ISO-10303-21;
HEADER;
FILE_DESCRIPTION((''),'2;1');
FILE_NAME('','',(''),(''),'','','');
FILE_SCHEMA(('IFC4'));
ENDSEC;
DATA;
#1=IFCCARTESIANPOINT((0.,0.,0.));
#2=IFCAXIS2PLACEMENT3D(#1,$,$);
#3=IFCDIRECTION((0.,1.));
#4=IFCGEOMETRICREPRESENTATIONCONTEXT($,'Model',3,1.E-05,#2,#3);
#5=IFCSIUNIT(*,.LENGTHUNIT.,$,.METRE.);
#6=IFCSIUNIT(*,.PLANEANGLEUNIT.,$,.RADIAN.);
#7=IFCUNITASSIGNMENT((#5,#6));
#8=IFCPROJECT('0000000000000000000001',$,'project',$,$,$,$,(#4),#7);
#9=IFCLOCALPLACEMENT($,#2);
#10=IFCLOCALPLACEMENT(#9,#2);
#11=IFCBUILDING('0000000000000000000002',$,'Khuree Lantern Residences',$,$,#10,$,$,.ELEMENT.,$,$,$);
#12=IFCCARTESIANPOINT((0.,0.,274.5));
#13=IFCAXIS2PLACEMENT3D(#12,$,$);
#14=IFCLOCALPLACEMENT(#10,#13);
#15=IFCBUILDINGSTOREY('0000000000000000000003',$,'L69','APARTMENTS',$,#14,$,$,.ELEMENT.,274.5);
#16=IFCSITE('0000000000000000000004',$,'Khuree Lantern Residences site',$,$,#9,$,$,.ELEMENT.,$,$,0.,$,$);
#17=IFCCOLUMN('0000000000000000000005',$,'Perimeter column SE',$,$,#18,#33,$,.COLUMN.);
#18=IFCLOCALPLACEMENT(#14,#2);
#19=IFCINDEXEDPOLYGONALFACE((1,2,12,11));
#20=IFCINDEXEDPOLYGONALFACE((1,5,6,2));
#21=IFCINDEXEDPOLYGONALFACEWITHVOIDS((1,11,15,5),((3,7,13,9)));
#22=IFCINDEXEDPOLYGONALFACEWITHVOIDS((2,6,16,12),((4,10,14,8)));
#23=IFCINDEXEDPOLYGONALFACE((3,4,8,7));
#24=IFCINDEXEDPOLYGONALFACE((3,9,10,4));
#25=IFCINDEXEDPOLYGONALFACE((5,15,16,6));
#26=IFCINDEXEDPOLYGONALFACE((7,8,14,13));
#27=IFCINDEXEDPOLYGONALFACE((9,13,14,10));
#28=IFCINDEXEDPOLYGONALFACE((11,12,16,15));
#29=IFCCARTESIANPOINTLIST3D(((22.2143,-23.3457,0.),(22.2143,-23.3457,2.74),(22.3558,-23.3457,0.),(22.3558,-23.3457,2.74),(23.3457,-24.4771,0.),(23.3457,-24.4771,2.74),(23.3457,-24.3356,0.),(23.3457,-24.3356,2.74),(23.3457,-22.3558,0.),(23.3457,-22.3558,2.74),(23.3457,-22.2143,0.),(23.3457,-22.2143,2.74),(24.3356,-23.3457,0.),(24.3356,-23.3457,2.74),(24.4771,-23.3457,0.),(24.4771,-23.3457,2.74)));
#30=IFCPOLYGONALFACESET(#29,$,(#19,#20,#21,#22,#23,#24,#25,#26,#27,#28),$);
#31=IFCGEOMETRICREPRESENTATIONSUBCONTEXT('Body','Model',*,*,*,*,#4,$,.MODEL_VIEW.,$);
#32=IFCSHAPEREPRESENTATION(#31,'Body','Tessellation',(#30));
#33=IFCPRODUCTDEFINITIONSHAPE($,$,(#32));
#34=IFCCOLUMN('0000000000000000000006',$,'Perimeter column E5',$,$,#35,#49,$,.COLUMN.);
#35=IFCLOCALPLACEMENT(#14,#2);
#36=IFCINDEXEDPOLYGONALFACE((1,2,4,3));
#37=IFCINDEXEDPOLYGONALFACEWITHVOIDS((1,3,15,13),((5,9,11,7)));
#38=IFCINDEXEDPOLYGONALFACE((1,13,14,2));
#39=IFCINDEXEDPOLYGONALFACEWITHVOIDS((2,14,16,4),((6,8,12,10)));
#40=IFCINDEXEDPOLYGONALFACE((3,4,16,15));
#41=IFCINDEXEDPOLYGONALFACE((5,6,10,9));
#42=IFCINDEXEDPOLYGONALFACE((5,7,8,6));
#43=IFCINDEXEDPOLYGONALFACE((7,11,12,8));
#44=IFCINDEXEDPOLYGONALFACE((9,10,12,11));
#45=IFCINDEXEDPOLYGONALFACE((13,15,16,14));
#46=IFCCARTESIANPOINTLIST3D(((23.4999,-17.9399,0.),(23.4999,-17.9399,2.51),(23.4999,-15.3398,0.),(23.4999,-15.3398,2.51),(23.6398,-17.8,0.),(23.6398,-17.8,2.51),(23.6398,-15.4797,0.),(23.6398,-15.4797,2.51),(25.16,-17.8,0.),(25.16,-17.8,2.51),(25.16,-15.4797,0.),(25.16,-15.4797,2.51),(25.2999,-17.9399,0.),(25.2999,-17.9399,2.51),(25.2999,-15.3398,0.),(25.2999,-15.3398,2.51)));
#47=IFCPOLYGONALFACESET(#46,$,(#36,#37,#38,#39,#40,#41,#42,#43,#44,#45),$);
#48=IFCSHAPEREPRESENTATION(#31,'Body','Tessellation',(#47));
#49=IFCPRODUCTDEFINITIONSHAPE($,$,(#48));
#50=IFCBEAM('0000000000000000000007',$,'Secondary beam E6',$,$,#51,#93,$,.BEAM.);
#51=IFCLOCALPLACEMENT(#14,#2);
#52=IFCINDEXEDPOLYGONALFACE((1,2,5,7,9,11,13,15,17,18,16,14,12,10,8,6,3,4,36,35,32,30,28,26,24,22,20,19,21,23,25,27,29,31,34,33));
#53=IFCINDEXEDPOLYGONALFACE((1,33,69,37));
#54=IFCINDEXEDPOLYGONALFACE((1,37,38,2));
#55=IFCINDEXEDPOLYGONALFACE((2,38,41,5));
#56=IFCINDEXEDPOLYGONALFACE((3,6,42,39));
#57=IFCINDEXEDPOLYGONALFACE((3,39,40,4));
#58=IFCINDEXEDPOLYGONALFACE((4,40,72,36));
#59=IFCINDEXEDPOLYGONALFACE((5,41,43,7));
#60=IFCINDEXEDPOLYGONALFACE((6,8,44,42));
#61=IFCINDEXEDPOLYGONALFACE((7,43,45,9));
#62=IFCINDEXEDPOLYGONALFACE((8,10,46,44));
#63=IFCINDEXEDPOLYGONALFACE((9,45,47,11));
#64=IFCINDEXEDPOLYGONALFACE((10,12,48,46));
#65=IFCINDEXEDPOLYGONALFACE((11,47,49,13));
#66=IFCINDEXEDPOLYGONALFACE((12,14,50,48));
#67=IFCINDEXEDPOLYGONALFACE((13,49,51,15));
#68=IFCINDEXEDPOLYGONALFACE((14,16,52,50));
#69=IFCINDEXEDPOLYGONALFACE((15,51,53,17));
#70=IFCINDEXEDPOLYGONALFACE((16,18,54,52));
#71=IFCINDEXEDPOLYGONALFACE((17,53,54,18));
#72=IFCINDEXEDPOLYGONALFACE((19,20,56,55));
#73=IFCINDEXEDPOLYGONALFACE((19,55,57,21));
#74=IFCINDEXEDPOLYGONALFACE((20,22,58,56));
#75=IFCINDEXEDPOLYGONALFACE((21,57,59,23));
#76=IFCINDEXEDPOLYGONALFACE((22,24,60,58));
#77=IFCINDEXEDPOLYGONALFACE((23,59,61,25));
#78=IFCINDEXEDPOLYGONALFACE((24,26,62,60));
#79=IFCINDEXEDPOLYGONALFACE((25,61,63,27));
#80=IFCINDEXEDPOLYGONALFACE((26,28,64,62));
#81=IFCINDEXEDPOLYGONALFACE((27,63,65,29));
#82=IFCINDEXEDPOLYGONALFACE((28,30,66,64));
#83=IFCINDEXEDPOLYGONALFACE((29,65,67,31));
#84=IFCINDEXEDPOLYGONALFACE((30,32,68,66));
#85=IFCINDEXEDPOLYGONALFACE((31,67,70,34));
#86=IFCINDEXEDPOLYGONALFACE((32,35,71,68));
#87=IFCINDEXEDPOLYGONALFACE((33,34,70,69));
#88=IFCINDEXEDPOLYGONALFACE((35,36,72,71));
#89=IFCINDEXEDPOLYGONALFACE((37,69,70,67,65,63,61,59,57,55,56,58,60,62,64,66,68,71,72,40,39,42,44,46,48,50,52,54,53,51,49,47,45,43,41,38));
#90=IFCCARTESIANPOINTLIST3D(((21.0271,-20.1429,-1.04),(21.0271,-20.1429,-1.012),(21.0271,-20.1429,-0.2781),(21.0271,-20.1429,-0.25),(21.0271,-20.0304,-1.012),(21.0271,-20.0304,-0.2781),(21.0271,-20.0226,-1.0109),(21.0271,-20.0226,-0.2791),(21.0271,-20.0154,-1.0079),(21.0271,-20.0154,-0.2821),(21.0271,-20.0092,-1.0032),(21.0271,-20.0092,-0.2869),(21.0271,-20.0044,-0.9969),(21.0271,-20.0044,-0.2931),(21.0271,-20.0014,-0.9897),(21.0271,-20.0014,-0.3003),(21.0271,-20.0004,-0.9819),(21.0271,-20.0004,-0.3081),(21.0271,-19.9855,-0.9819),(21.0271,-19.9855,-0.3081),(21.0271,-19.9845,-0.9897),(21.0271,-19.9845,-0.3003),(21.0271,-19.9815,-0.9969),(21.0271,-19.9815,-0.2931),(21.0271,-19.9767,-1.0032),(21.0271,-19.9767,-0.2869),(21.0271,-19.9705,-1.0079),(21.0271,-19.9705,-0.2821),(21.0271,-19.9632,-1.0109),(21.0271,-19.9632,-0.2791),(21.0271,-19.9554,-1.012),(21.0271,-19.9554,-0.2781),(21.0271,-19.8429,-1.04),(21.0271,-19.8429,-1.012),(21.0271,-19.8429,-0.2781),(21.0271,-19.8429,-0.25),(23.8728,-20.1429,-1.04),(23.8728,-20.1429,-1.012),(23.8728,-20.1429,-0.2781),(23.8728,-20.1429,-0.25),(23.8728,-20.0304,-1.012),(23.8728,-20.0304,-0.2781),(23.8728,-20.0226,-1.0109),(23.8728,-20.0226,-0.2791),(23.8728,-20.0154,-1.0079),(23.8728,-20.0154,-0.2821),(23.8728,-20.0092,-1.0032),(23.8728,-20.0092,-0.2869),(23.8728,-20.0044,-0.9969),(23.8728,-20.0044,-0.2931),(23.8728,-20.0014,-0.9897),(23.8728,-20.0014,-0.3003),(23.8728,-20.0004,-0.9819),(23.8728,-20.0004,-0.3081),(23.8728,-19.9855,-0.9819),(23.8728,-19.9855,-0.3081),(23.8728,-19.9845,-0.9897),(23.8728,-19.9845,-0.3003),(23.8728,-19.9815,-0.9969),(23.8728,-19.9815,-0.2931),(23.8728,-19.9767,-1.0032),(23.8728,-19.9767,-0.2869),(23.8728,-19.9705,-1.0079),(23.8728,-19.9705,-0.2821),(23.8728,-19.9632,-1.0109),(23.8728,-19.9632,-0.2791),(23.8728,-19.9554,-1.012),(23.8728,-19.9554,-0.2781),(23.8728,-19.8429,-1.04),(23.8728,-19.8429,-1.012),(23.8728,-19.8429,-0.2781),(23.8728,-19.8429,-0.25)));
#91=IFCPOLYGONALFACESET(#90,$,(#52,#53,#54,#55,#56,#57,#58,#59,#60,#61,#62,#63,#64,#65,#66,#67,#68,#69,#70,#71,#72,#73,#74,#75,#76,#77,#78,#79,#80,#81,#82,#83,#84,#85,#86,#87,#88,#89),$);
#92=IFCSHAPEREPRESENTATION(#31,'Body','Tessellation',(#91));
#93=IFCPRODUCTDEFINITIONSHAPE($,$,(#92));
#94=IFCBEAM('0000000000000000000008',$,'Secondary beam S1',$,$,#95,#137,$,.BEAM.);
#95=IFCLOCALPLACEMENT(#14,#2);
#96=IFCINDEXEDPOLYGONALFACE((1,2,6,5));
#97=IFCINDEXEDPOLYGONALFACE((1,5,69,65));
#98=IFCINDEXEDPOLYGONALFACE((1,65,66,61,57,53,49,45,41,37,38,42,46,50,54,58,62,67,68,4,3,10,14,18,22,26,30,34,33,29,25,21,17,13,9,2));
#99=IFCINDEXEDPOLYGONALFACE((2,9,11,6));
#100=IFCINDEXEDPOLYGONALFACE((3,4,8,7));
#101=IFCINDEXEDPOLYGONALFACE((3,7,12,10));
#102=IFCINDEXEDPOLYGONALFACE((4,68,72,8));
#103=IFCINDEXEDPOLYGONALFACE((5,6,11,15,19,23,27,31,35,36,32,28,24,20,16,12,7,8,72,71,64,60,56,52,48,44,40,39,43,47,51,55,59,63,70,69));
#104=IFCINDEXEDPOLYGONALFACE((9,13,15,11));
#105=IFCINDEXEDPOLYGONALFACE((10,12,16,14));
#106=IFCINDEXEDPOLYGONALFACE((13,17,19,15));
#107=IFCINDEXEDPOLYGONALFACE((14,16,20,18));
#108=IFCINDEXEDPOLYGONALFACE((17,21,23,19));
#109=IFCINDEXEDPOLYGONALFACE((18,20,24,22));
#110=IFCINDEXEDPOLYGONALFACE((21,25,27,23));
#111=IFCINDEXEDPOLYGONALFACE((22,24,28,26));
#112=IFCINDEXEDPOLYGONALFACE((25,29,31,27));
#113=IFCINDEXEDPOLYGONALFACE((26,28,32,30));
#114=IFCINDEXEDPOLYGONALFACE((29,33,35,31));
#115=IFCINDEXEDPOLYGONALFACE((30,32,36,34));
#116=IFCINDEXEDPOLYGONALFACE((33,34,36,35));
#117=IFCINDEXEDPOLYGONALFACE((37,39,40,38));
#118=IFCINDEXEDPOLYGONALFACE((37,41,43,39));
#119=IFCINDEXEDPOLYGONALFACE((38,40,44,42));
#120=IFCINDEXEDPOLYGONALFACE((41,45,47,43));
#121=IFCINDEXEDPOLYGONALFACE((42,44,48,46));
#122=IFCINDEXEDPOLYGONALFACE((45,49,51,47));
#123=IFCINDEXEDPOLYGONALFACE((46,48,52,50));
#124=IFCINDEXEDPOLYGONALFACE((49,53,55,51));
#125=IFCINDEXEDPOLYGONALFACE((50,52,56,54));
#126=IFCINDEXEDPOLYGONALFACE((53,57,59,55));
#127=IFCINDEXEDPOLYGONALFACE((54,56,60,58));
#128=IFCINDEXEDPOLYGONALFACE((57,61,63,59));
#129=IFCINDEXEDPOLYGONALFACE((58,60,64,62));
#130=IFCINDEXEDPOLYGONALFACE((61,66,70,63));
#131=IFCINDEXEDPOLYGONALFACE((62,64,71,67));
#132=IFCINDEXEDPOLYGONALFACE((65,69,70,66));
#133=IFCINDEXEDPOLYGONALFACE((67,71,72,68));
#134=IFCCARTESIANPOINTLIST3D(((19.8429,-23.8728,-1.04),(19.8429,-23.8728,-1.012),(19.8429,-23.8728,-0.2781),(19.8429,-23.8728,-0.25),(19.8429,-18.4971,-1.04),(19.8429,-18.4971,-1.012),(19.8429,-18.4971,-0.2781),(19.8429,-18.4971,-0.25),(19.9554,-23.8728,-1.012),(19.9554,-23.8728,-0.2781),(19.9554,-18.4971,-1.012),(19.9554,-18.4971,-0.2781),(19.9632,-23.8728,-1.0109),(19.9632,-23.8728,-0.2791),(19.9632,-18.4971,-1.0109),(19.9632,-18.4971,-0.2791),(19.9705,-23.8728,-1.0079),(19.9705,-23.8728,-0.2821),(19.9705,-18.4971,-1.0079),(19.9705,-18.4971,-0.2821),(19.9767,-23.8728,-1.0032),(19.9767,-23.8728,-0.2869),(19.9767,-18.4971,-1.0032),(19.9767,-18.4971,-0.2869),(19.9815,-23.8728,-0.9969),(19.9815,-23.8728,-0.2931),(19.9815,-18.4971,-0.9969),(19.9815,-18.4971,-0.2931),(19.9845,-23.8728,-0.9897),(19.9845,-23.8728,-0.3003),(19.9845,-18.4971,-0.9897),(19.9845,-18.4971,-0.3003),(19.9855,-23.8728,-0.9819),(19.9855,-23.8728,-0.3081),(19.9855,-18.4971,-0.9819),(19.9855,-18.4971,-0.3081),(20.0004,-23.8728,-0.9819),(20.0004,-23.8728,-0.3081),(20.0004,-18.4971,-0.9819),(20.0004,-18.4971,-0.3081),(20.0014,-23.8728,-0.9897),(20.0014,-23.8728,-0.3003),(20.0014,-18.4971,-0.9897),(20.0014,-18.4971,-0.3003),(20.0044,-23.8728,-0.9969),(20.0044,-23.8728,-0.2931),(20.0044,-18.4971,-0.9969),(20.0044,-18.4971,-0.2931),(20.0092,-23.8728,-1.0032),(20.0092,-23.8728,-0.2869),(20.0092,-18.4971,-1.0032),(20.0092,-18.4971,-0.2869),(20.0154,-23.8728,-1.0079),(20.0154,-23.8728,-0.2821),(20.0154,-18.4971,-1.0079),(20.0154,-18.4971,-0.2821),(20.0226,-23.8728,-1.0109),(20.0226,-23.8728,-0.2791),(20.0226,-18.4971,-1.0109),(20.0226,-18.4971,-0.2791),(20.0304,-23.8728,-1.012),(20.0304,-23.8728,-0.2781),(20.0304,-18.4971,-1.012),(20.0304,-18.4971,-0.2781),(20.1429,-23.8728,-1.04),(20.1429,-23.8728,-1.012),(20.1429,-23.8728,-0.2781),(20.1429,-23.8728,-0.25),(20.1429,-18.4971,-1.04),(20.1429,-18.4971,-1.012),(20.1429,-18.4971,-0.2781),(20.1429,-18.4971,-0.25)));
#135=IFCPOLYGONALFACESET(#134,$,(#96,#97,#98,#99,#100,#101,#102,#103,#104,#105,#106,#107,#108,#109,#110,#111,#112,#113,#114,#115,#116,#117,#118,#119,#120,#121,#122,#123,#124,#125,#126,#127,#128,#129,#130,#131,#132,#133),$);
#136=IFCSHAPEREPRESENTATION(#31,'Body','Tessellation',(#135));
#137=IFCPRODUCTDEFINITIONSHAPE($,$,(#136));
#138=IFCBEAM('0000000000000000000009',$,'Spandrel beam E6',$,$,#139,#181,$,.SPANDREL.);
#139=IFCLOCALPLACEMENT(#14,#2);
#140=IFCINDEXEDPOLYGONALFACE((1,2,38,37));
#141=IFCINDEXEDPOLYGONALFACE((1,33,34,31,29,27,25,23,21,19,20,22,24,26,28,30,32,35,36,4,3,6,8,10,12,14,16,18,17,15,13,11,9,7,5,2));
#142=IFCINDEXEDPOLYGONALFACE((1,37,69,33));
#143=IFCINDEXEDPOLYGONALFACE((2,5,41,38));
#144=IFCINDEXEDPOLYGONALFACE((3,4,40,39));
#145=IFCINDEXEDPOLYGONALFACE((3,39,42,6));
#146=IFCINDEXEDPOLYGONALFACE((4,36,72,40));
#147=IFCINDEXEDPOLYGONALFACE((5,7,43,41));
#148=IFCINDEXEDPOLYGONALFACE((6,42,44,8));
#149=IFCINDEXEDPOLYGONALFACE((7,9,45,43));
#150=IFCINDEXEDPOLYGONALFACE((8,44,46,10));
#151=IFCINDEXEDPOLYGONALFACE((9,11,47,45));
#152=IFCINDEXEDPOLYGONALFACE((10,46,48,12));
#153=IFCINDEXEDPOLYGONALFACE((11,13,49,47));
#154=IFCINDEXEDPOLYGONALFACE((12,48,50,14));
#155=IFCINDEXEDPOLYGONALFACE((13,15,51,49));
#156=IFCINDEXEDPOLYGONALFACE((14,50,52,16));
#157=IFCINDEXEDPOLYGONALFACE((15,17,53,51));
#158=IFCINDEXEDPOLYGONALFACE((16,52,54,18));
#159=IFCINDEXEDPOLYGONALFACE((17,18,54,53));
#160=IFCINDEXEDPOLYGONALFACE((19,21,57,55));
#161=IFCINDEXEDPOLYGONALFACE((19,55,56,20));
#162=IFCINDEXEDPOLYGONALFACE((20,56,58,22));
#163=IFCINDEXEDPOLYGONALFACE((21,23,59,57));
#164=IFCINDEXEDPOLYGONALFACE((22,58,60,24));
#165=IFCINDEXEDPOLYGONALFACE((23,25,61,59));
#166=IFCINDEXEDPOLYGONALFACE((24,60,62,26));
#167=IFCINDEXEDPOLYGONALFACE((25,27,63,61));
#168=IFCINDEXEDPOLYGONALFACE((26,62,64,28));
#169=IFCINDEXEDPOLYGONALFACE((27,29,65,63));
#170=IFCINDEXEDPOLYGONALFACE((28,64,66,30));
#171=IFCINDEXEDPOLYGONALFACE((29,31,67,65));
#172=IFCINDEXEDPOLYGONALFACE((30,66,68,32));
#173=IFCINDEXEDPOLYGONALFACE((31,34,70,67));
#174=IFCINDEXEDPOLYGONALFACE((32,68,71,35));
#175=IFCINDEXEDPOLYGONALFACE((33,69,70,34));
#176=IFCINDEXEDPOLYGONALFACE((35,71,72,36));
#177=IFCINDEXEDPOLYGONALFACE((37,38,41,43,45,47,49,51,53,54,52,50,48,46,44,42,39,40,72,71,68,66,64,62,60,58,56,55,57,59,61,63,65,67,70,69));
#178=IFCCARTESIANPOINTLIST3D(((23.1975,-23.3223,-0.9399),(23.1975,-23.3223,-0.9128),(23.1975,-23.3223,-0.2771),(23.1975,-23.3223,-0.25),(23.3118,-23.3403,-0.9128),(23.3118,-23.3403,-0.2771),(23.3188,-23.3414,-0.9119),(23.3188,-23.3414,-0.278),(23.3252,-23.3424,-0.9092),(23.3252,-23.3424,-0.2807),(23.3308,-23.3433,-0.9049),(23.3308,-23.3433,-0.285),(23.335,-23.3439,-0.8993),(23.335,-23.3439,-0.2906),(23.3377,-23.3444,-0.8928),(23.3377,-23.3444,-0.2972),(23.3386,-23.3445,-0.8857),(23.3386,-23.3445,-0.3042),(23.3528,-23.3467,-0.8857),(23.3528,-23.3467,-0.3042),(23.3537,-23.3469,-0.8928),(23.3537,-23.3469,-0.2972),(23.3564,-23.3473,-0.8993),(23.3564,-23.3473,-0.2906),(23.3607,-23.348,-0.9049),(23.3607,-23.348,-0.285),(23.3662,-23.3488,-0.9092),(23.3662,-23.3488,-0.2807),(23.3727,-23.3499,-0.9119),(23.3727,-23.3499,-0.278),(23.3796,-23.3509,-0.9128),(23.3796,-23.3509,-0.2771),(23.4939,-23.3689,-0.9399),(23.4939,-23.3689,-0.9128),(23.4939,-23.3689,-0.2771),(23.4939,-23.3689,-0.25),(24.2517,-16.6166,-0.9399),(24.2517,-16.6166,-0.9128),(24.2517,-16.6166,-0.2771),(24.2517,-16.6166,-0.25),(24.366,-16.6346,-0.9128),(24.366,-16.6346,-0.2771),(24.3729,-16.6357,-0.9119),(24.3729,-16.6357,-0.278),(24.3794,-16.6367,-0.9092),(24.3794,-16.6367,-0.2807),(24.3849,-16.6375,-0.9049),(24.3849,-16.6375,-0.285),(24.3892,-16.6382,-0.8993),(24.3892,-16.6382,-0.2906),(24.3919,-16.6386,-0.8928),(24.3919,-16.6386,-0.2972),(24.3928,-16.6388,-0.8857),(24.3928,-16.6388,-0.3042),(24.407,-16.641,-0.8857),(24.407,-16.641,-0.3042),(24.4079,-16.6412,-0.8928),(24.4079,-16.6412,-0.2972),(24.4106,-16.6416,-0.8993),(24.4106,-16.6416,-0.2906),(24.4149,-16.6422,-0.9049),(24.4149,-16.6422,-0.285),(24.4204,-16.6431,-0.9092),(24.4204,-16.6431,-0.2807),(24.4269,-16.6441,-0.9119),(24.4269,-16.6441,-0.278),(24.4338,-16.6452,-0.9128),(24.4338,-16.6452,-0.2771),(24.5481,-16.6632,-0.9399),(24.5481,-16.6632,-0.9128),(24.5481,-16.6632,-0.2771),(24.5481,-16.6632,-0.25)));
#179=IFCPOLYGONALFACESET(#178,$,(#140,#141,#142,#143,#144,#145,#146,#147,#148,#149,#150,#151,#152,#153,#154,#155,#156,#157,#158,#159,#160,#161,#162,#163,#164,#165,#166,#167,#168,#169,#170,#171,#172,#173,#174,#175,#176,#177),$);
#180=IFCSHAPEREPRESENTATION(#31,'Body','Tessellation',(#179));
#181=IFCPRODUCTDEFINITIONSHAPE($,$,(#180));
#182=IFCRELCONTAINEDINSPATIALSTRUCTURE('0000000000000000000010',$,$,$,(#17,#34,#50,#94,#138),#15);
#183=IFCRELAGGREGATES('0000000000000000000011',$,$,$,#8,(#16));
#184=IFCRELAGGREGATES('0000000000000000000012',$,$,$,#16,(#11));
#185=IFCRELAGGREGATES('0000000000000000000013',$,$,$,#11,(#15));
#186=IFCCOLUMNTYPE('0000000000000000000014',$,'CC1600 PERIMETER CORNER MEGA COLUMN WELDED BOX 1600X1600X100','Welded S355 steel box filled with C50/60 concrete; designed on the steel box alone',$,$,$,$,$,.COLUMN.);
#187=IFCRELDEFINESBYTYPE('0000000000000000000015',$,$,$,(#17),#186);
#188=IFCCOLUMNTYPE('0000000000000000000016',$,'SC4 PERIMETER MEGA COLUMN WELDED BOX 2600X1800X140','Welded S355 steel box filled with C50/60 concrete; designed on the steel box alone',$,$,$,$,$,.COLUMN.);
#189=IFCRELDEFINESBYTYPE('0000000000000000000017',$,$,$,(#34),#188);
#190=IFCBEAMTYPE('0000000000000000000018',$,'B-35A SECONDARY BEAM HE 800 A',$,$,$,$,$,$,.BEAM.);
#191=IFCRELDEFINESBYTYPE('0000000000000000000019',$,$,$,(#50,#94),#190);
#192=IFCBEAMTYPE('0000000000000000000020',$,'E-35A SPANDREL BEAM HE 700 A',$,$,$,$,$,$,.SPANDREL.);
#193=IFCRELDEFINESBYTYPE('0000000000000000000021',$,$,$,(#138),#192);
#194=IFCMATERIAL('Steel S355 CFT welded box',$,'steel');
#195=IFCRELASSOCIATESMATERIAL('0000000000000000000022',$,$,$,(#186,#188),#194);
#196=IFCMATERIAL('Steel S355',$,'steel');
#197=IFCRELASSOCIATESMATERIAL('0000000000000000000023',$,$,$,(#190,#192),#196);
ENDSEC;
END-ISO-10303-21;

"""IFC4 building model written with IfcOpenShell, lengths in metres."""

from ifc_helpers import new_model, si_unit, direction, frame, origin, origin_2d, place, context, subcontext, project, spatial, hollow_rectangle, i_section, extrude, material, material_profile, profile_set, type_object, element, save


model = new_model("IFC4")

# Units and contexts
model_context = context("Model", 3, precision=1e-05, world=origin(), true_north=direction((0.0, 1.0)))
body_context = subcontext(model_context, "Body", "Model", "MODEL_VIEW")
ifc_project = project(units=[si_unit("LENGTHUNIT", "METRE"), si_unit("PLANEANGLEUNIT", "RADIAN")], contexts=[model_context])

# Site, building, storey
site_placement = place(None, origin())
site = spatial("IfcSite", under=ifc_project, at=site_placement, Name="Khuree Lantern Residences site", CompositionType="ELEMENT", RefElevation=0.0)
building_placement = place(site_placement, origin())
building = spatial("IfcBuilding", under=site, at=building_placement, Name="Khuree Lantern Residences", CompositionType="ELEMENT")
storey_placement = place(building_placement, frame((0.0, 0.0, 274.5)))
storey = spatial("IfcBuildingStorey", under=building, at=storey_placement, Name="L69", Description="APARTMENTS", CompositionType="ELEMENT", Elevation=274.5)

# Columns
ifc_material_1 = material(Name="Steel S355 CFT welded box", Category="steel")
ifc_material_profile_1 = material_profile(ifc_material_1, hollow_rectangle(XDim=1.6001, YDim=1.6001, WallThickness=0.1001, at=origin_2d()), Name="WELDED BOX 1600X1600X100")
ifc_profile_set_1 = profile_set([ifc_material_profile_1], Name="Steel S355 CFT welded box")
column_type_1 = type_object("IfcColumnType", Name="CC1600 PERIMETER CORNER MEGA COLUMN WELDED BOX 1600X1600X100", Description="Welded S355 steel box filled with C50/60 concrete; designed on the steel box alone", PredefinedType="COLUMN", material=ifc_profile_set_1)
column_1_placement = place(storey_placement, frame((23.3457, -23.3457, 0.0), z_axis=(0.0, 0.0, 1.0), x_axis=(0.707107, 0.707107, 0.0)))
element("IfcColumn", 1, at=column_1_placement, inside=storey, type_object=column_type_1, Name="Perimeter column SE", PredefinedType="COLUMN", context=body_context, shape_type="SweptSolid", body=[
    extrude(hollow_rectangle(XDim=1.6001, YDim=1.6001, WallThickness=0.1001, at=origin_2d()), origin(), (0.0, 0.0, 1.0), 2.74),
])
ifc_material_profile_2 = material_profile(ifc_material_1, hollow_rectangle(XDim=2.6001, YDim=1.8, WallThickness=0.1399, at=origin_2d()), Name="WELDED BOX 2600X1800X140")
ifc_profile_set_2 = profile_set([ifc_material_profile_2], Name="Steel S355 CFT welded box")
column_type_2 = type_object("IfcColumnType", Name="SC4 PERIMETER MEGA COLUMN WELDED BOX 2600X1800X140", Description="Welded S355 steel box filled with C50/60 concrete; designed on the steel box alone", PredefinedType="COLUMN", material=ifc_profile_set_2)
column_2_placement = place(storey_placement, frame((24.3999, -16.6399, 0.0), z_axis=(0.0, 0.0, 1.0), x_axis=(0.0, 1.0, 0.0)))
element("IfcColumn", 2, at=column_2_placement, inside=storey, type_object=column_type_2, Name="Perimeter column E5", PredefinedType="COLUMN", context=body_context, shape_type="SweptSolid", body=[
    extrude(hollow_rectangle(XDim=2.6001, YDim=1.8, WallThickness=0.1399, at=origin_2d()), origin(), (0.0, 0.0, 1.0), 2.51),
])

# Beams
ifc_material_2 = material(Name="Steel S355", Category="steel")
ifc_material_profile_3 = material_profile(ifc_material_2, i_section(OverallWidth=0.3, OverallDepth=0.79, WebThickness=0.0149, FlangeThickness=0.0281, FilletRadius=0.03, at=origin_2d()), Name="HE 800 A")
ifc_profile_set_3 = profile_set([ifc_material_profile_3], Name="Steel S355")
beam_type_1 = type_object("IfcBeamType", Name="B-35A SECONDARY BEAM HE 800 A", PredefinedType="BEAM", material=ifc_profile_set_3)
beam_1_placement = place(storey_placement, frame((23.8728, -19.9929, -0.645), z_axis=(-1.0, 0.0, 0.0), x_axis=(0.0, -1.0, 0.0)))
element("IfcBeam", 3, at=beam_1_placement, inside=storey, type_object=beam_type_1, Name="Secondary beam E6", PredefinedType="BEAM", context=body_context, shape_type="SweptSolid", body=[
    extrude(i_section(OverallWidth=0.3, OverallDepth=0.79, WebThickness=0.0149, FlangeThickness=0.0281, FilletRadius=0.03, at=origin_2d()), origin(), (0.0, 0.0, 1.0), 2.8457),
])
beam_2_placement = place(storey_placement, frame((19.9929, -23.8728, -0.645), z_axis=(0.0, 1.0, 0.0), x_axis=(-1.0, 0.0, 0.0)))
element("IfcBeam", 4, at=beam_2_placement, inside=storey, type_object=beam_type_1, Name="Secondary beam S1", PredefinedType="BEAM", context=body_context, shape_type="SweptSolid", body=[
    extrude(i_section(OverallWidth=0.3, OverallDepth=0.79, WebThickness=0.0149, FlangeThickness=0.0281, FilletRadius=0.03, at=origin_2d()), origin(), (0.0, 0.0, 1.0), 5.3757),
])
ifc_material_profile_4 = material_profile(ifc_material_2, i_section(OverallWidth=0.3, OverallDepth=0.6899, WebThickness=0.0144, FlangeThickness=0.0271, FilletRadius=0.0271, at=origin_2d()), Name="HE 700 A")
ifc_profile_set_4 = profile_set([ifc_material_profile_4], Name="Steel S355")
beam_type_2 = type_object("IfcBeamType", Name="E-35A SPANDREL BEAM HE 700 A", PredefinedType="SPANDREL", material=ifc_profile_set_4)
for number, where, z_axis, x_axis, name in (
    (5, (24.3999, -16.6399, -0.595), (-0.1553, -0.987867, 0.0), (0.987867, -0.1553, 0.0), "Spandrel beam E6"),
):
    element("IfcBeam", number, at=place(storey_placement, frame(where, z_axis=z_axis, x_axis=x_axis)), inside=storey, type_object=beam_type_2, Name=name, PredefinedType="SPANDREL", context=body_context, shape_type="SweptSolid", body=[
        extrude(i_section(OverallWidth=0.3, OverallDepth=0.6899, WebThickness=0.0144, FlangeThickness=0.0271, FilletRadius=0.0271, at=origin_2d()), origin(), (0.0, 0.0, 1.0), 6.7881),
    ])

save(model, "model.ifc")
